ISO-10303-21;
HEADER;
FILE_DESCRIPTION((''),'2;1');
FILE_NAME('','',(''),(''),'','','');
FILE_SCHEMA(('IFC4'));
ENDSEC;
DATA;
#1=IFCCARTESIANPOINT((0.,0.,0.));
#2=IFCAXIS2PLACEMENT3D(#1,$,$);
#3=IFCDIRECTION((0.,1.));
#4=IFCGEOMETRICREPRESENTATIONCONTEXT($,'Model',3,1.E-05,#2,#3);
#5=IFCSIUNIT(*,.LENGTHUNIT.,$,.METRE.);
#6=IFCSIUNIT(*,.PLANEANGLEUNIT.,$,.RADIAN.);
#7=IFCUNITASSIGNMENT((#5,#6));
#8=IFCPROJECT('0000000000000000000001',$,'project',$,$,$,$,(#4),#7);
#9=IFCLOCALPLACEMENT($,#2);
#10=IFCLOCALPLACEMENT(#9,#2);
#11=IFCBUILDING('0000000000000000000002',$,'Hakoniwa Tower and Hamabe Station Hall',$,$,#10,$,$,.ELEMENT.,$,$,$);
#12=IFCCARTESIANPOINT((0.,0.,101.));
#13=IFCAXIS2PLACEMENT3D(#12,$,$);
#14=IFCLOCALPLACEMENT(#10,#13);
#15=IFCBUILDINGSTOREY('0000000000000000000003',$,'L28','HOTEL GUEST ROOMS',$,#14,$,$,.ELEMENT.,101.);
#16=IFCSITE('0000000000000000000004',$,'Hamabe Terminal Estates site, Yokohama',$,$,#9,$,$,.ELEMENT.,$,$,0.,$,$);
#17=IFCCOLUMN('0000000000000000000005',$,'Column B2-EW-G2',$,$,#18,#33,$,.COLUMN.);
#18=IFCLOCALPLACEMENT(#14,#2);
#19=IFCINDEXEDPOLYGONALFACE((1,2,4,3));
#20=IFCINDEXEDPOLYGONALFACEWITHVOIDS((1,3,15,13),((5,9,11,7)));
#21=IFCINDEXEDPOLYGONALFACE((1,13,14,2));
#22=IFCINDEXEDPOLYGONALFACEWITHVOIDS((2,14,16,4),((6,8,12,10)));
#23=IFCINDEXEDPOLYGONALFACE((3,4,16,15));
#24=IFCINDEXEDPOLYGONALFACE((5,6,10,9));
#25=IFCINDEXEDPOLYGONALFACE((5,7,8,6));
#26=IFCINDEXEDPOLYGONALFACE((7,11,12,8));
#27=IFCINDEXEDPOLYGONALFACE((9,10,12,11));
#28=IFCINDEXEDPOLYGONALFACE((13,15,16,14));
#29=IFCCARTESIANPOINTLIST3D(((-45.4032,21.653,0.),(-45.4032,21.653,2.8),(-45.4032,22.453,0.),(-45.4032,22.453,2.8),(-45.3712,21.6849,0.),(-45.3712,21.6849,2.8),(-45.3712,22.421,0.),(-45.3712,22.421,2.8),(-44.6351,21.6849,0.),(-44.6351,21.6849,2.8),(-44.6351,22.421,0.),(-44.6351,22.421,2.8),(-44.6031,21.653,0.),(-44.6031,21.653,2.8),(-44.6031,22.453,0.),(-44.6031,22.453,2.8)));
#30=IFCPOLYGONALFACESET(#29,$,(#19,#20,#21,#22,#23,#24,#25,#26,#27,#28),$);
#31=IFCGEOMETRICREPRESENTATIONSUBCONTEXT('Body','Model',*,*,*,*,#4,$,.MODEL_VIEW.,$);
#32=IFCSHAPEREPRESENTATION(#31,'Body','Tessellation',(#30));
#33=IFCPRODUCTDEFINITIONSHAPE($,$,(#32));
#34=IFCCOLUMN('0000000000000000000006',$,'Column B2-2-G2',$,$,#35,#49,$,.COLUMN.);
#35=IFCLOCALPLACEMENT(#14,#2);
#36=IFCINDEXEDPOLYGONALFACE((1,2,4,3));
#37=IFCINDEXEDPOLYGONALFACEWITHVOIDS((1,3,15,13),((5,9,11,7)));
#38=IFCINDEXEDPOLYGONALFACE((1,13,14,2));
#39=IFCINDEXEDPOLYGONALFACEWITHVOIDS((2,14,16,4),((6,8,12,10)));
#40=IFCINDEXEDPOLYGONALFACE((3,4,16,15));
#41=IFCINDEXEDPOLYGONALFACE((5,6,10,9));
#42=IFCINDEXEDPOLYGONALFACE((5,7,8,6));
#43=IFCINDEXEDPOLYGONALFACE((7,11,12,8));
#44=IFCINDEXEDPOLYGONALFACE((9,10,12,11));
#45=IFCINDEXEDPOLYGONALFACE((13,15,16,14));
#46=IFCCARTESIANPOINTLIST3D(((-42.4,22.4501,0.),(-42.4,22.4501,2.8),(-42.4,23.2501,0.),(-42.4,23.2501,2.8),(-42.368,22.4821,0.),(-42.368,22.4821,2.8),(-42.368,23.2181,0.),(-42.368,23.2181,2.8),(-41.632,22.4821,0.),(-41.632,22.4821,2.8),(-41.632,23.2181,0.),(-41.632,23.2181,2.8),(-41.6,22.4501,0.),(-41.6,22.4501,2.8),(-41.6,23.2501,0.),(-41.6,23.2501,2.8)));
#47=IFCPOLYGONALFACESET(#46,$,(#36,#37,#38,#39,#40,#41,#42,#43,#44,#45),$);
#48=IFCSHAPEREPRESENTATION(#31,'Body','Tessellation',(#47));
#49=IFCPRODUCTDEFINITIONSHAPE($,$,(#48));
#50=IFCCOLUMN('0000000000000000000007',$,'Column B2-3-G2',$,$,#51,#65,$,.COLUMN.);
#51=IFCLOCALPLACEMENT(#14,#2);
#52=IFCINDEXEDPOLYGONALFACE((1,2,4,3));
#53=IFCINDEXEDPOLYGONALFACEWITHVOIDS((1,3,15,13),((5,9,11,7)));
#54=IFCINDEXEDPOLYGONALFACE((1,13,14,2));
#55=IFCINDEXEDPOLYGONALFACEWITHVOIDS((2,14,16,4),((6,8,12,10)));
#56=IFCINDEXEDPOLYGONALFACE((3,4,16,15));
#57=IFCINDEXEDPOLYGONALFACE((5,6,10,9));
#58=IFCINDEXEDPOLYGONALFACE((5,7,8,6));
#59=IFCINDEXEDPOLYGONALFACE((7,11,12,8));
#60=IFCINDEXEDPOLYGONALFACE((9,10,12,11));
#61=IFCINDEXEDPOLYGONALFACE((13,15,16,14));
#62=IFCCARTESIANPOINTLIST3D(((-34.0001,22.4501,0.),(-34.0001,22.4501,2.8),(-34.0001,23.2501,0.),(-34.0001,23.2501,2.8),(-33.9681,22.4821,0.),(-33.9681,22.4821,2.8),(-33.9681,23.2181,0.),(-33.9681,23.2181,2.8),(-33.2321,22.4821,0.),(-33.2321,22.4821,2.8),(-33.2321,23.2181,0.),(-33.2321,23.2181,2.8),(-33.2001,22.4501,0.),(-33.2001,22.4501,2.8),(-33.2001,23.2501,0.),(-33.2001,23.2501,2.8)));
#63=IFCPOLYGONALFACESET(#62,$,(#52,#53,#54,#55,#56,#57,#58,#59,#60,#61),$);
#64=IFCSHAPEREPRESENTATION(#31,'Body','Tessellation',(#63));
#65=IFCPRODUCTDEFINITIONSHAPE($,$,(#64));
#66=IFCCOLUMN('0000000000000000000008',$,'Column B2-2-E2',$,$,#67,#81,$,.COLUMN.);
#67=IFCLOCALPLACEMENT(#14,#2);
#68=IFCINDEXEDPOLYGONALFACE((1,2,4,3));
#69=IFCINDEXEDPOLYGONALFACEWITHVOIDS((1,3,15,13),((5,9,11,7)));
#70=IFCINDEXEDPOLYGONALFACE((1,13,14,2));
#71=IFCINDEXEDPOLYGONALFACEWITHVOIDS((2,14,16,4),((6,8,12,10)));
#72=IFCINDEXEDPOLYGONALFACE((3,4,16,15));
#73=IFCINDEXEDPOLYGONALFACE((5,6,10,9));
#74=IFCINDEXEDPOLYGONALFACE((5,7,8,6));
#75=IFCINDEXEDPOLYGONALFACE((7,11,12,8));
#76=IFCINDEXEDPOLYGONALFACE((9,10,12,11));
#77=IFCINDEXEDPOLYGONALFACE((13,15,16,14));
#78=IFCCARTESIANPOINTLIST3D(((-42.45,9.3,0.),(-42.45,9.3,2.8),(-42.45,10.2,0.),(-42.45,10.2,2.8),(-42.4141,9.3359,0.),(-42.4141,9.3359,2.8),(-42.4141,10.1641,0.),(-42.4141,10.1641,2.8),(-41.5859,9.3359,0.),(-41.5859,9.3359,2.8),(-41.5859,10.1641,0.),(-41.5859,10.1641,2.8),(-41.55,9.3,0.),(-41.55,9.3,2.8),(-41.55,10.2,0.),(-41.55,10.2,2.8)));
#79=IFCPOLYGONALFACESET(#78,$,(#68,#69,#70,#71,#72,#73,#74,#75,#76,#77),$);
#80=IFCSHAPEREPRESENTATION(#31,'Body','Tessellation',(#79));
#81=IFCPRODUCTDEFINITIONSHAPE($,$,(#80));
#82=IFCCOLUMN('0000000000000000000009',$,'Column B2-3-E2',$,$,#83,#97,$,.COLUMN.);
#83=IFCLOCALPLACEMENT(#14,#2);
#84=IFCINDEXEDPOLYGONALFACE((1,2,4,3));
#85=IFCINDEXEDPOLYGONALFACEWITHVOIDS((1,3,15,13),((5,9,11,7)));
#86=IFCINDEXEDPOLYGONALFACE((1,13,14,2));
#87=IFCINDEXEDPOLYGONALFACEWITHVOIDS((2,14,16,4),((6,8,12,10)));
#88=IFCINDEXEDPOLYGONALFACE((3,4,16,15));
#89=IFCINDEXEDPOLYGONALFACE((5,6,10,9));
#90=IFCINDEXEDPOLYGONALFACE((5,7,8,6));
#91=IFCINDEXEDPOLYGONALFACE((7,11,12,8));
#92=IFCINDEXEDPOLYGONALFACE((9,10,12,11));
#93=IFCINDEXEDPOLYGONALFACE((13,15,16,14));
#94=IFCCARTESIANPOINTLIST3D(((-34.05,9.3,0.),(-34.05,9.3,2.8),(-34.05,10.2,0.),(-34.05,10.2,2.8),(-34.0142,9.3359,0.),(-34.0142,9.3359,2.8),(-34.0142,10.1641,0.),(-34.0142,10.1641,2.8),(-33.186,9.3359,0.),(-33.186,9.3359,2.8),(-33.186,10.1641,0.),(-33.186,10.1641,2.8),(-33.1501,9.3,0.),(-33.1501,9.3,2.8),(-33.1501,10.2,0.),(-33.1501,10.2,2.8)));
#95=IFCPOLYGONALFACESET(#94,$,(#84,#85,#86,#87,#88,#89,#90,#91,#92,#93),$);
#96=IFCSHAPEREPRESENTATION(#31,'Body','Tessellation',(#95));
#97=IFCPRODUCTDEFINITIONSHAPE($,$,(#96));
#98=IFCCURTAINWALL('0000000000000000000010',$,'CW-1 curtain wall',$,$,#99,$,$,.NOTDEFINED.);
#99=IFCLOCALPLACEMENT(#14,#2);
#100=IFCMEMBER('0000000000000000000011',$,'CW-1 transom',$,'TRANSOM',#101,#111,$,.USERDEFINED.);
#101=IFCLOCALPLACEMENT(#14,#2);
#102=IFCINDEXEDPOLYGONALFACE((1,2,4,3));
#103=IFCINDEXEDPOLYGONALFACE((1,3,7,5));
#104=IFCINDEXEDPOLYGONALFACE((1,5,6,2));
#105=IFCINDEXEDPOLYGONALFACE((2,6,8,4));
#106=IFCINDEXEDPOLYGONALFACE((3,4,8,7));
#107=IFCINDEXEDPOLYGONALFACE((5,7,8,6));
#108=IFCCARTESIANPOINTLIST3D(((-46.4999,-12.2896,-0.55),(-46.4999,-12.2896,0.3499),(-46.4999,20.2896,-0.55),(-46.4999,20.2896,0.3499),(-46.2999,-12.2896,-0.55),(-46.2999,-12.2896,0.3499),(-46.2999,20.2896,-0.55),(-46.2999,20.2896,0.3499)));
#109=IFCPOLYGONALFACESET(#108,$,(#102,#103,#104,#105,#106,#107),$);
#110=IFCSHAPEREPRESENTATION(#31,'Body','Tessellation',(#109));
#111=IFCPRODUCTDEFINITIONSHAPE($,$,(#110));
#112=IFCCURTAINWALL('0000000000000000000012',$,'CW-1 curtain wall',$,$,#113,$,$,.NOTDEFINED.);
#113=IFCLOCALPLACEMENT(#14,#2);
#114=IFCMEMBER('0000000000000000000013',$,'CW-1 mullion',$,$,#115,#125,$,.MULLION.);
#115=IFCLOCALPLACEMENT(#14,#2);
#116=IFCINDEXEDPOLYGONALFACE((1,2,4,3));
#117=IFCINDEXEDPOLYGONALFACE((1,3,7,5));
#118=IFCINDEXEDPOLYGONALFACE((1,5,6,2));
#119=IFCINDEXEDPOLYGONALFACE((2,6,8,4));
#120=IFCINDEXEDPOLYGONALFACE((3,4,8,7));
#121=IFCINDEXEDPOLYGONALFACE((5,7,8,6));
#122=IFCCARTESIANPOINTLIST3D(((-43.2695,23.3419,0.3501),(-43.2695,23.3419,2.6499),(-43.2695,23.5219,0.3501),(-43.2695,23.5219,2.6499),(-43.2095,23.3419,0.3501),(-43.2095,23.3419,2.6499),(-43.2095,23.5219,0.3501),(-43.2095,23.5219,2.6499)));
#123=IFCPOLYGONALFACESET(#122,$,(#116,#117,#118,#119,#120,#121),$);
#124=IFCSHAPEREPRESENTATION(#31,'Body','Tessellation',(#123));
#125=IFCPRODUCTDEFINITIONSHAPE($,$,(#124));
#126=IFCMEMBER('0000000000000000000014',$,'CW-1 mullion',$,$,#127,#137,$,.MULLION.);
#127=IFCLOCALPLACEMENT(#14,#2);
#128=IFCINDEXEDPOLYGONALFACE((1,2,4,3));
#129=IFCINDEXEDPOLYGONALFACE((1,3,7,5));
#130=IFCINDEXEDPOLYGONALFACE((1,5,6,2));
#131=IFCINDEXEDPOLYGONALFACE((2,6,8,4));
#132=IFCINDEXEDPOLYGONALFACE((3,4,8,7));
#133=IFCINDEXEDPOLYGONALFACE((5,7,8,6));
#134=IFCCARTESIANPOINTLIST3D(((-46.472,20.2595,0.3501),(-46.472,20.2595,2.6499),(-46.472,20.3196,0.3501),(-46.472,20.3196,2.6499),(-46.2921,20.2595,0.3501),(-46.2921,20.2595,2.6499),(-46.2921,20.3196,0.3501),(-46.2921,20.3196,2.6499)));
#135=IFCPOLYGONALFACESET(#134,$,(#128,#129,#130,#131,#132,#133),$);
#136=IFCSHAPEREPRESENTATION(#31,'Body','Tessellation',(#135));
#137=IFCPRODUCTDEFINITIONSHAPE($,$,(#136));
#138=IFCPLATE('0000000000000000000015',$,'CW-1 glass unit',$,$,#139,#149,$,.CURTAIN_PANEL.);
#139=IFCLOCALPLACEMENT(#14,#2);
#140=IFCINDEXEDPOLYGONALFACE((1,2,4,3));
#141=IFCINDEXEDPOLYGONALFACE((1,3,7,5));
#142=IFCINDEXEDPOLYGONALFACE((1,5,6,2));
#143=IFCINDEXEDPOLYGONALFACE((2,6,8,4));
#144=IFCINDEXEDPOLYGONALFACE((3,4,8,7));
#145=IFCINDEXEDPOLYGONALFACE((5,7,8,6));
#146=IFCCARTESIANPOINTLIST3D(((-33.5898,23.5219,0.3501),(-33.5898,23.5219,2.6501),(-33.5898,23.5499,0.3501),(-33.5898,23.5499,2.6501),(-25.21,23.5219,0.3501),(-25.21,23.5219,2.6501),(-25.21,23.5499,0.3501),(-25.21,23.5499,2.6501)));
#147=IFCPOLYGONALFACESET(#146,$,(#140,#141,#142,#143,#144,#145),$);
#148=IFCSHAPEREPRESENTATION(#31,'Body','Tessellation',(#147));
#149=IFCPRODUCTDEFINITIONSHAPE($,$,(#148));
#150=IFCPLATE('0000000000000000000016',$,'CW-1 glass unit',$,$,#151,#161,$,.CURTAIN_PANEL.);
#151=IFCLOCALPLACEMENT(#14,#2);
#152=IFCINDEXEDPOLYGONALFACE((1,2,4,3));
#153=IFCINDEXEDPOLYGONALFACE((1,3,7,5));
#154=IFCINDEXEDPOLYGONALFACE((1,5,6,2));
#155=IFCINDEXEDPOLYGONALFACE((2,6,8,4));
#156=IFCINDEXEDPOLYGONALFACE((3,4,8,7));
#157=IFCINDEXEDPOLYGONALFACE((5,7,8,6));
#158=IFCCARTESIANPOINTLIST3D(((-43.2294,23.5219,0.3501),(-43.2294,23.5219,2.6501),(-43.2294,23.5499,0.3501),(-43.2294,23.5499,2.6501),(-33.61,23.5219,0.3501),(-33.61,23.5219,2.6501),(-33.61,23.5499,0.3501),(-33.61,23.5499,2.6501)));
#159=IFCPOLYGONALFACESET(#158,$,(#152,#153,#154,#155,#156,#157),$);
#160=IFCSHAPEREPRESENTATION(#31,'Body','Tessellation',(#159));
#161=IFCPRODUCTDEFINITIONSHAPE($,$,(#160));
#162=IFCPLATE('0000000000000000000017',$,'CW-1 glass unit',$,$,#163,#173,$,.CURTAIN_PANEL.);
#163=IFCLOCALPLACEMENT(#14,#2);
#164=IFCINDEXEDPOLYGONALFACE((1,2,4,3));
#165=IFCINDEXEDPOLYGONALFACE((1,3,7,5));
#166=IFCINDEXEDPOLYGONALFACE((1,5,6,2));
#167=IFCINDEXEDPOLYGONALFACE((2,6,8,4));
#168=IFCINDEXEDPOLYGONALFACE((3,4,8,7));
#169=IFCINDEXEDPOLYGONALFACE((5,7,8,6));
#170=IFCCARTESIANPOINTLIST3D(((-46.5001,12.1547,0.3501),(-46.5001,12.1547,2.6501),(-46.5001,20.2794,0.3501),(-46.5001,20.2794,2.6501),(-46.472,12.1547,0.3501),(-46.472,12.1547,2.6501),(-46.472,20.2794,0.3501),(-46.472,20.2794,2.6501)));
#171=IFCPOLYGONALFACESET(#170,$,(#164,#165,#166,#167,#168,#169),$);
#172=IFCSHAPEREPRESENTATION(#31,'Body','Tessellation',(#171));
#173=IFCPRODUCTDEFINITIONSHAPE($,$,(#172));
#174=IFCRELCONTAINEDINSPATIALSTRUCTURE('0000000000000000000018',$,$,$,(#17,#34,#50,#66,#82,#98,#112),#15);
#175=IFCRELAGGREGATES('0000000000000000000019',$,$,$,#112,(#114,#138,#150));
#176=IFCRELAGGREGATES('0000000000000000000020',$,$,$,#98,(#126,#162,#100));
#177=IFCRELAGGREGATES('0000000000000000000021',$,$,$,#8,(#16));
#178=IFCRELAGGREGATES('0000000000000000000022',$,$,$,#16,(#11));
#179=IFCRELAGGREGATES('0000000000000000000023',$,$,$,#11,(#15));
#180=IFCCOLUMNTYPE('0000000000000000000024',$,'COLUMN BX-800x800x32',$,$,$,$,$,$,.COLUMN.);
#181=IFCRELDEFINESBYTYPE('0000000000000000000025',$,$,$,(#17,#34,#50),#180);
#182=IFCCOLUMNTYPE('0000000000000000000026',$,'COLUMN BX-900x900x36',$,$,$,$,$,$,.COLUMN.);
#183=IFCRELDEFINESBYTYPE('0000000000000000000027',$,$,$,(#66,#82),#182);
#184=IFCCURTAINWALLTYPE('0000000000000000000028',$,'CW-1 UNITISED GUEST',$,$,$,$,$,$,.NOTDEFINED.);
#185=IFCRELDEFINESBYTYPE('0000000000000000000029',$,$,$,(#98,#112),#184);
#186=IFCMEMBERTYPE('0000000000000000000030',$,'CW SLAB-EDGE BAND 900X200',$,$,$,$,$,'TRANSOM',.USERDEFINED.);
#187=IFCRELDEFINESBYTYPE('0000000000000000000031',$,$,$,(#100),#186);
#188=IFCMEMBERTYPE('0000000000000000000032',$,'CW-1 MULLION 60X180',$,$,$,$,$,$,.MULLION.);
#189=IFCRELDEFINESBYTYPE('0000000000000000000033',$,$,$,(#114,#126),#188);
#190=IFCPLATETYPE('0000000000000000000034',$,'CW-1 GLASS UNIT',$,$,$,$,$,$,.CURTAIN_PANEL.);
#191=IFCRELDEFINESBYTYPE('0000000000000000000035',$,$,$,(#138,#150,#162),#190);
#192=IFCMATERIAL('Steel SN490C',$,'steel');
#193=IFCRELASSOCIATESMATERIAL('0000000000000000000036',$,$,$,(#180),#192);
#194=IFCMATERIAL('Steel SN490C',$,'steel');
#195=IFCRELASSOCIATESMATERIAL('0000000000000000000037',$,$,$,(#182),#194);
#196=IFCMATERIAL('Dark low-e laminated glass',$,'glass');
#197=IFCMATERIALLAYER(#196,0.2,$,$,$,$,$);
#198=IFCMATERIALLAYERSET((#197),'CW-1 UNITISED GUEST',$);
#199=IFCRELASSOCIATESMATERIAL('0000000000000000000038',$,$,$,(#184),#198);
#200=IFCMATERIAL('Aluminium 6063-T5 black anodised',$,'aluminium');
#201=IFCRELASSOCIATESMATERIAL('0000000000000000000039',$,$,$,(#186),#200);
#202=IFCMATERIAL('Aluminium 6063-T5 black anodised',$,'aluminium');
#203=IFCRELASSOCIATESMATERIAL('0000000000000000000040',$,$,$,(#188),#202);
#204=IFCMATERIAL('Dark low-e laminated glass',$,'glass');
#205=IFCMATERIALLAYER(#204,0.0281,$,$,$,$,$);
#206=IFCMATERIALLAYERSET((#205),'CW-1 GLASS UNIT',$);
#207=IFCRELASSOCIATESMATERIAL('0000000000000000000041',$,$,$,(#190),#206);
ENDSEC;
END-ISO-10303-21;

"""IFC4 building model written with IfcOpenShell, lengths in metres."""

from ifc_helpers import new_model, si_unit, direction, frame, origin, origin_2d, place, context, subcontext, project, spatial, rectangle, hollow_rectangle, extrude, material, layer, layer_set, material_profile, profile_set, type_object, element, aggregate, save


model = new_model("IFC4")

# Units and contexts
model_context = context("Model", 3, precision=1e-05, world=origin(), true_north=direction((0.0, 1.0)))
body_context = subcontext(model_context, "Body", "Model", "MODEL_VIEW")
ifc_project = project(units=[si_unit("LENGTHUNIT", "METRE"), si_unit("PLANEANGLEUNIT", "RADIAN")], contexts=[model_context])

# Site, building, storey
site_placement = place(None, origin())
site = spatial("IfcSite", under=ifc_project, at=site_placement, Name="Hamabe Terminal Estates site, Yokohama", CompositionType="ELEMENT", RefElevation=0.0)
building_placement = place(site_placement, origin())
building = spatial("IfcBuilding", under=site, at=building_placement, Name="Hakoniwa Tower and Hamabe Station Hall", CompositionType="ELEMENT")
storey_placement = place(building_placement, frame((0.0, 0.0, 101.0)))
storey = spatial("IfcBuildingStorey", under=building, at=storey_placement, Name="L28", Description="HOTEL GUEST ROOMS", CompositionType="ELEMENT", Elevation=101.0)

# Columns
ifc_material_1 = material(Name="Steel SN490C", Category="steel")
ifc_material_profile_1 = material_profile(ifc_material_1, hollow_rectangle(XDim=0.8, YDim=0.8, WallThickness=0.032, at=origin_2d()), Name="BX-800x800x32")
ifc_profile_set_1 = profile_set([ifc_material_profile_1], Name="Steel SN490C")
column_type_1 = type_object("IfcColumnType", Name="COLUMN BX-800x800x32", PredefinedType="COLUMN", material=ifc_profile_set_1)
for number, where, z_axis, x_axis, name in (
    (1, (-45.0032, 22.053, 0.0), (0.0, 0.0, 1.0), (1.0, 0.0, 0.0), "Column B2-EW-G2"),
    (2, (-42.0, 22.8501, 0.0), (0.0, 0.0, 1.0), (1.0, 0.0, 0.0), "Column B2-2-G2"),
    (3, (-33.6001, 22.8501, 0.0), (0.0, 0.0, 1.0), (1.0, 0.0, 0.0), "Column B2-3-G2"),
):
    element("IfcColumn", number, at=place(storey_placement, frame(where, z_axis=z_axis, x_axis=x_axis)), inside=storey, type_object=column_type_1, Name=name, PredefinedType="COLUMN", context=body_context, shape_type="SweptSolid", body=[
        extrude(hollow_rectangle(XDim=0.8, YDim=0.8, WallThickness=0.032, at=origin_2d()), origin(), (0.0, 0.0, 1.0), 2.8),
    ])
ifc_material_2 = material(Name="Steel SN490C", Category="steel")
ifc_material_profile_2 = material_profile(ifc_material_2, hollow_rectangle(XDim=0.8999, YDim=0.8999, WallThickness=0.0359, at=origin_2d()), Name="BX-900x900x36")
ifc_profile_set_2 = profile_set([ifc_material_profile_2], Name="Steel SN490C")
column_type_2 = type_object("IfcColumnType", Name="COLUMN BX-900x900x36", PredefinedType="COLUMN", material=ifc_profile_set_2)
for number, where, z_axis, x_axis, name in (
    (4, (-42.0, 9.75, 0.0), (0.0, 0.0, 1.0), (1.0, 0.0, 0.0), "Column B2-2-E2"),
    (5, (-33.6001, 9.75, 0.0), (0.0, 0.0, 1.0), (1.0, 0.0, 0.0), "Column B2-3-E2"),
):
    element("IfcColumn", number, at=place(storey_placement, frame(where, z_axis=z_axis, x_axis=x_axis)), inside=storey, type_object=column_type_2, Name=name, PredefinedType="COLUMN", context=body_context, shape_type="SweptSolid", body=[
        extrude(hollow_rectangle(XDim=0.8999, YDim=0.8999, WallThickness=0.0359, at=origin_2d()), origin(), (0.0, 0.0, 1.0), 2.8),
    ])

# Curtain walls, members
ifc_material_3 = material(Name="Dark low-e laminated glass", Category="glass")
ifc_layer_1 = layer(ifc_material_3, 0.2)
ifc_layer_set_1 = layer_set([ifc_layer_1], Name="CW-1 UNITISED GUEST")
curtain_wall_type = type_object("IfcCurtainWallType", Name="CW-1 UNITISED GUEST", PredefinedType="NOTDEFINED", material=ifc_layer_set_1)
curtain_wall_1_placement = place(storey_placement, origin())
curtain_wall_1 = element("IfcCurtainWall", 6, at=curtain_wall_1_placement, inside=storey, type_object=curtain_wall_type, Name="CW-1 curtain wall", PredefinedType="NOTDEFINED")
ifc_material_4 = material(Name="Aluminium 6063-T5 black anodised", Category="aluminium")
ifc_material_profile_3 = material_profile(ifc_material_4, rectangle(XDim=0.2, YDim=0.8999, at=origin_2d()), Name="CW SLAB-EDGE BAND 900X200")
ifc_profile_set_3 = profile_set([ifc_material_profile_3], Name="Aluminium 6063-T5 black anodised")
member_type_1 = type_object("IfcMemberType", Name="CW SLAB-EDGE BAND 900X200", ElementType="TRANSOM", PredefinedType="USERDEFINED", material=ifc_profile_set_3)
member_1_placement = place(storey_placement, frame((-46.3999, 20.2896, -0.1001), z_axis=(0.0, -1.0, 0.0), x_axis=(1.0, 0.0, 0.0)))
member_1 = element("IfcMember", 7, at=member_1_placement, type_object=member_type_1, Name="CW-1 transom", ObjectType="TRANSOM", PredefinedType="USERDEFINED", context=body_context, shape_type="SweptSolid", body=[
    extrude(rectangle(XDim=0.2, YDim=0.8999, at=origin_2d()), origin(), (0.0, 0.0, 1.0), 32.5791),
])
curtain_wall_2_placement = place(storey_placement, origin())
curtain_wall_2 = element("IfcCurtainWall", 8, at=curtain_wall_2_placement, inside=storey, type_object=curtain_wall_type, Name="CW-1 curtain wall", PredefinedType="NOTDEFINED")
ifc_material_5 = material(Name="Aluminium 6063-T5 black anodised", Category="aluminium")
ifc_material_profile_4 = material_profile(ifc_material_5, rectangle(XDim=0.0601, YDim=0.1799, at=origin_2d()), Name="CW-1 MULLION 60X180")
ifc_profile_set_4 = profile_set([ifc_material_profile_4], Name="Aluminium 6063-T5 black anodised")
member_type_2 = type_object("IfcMemberType", Name="CW-1 MULLION 60X180", PredefinedType="MULLION", material=ifc_profile_set_4)
member_2_placement = place(storey_placement, frame((-43.2395, 23.4319, 0.3501), z_axis=(0.0, 0.0, 1.0), x_axis=(-1.0, 0.0, 0.0)))
member_2 = element("IfcMember", 9, at=member_2_placement, type_object=member_type_2, Name="CW-1 mullion", PredefinedType="MULLION", context=body_context, shape_type="SweptSolid", body=[
    extrude(rectangle(XDim=0.0601, YDim=0.1799, at=origin_2d()), origin(), (0.0, 0.0, 1.0), 2.2998),
])

# Member
member_3_placement = place(storey_placement, frame((-46.3821, 20.2896, 0.3501), z_axis=(0.0, 0.0, 1.0), x_axis=(0.0, -1.0, 0.0)))
member_3 = element("IfcMember", 10, at=member_3_placement, type_object=member_type_2, Name="CW-1 mullion", PredefinedType="MULLION", context=body_context, shape_type="SweptSolid", body=[
    extrude(rectangle(XDim=0.0601, YDim=0.1799, at=origin_2d()), origin(), (0.0, 0.0, 1.0), 2.2998),
])

# Plates
ifc_material_6 = material(Name="Dark low-e laminated glass", Category="glass")
ifc_layer_2 = layer(ifc_material_6, 0.0281)
ifc_layer_set_2 = layer_set([ifc_layer_2], Name="CW-1 GLASS UNIT")
plate_type = type_object("IfcPlateType", Name="CW-1 GLASS UNIT", PredefinedType="CURTAIN_PANEL", material=ifc_layer_set_2)
plate_1_placement = place(storey_placement, frame((-29.3999, 23.5359, 0.3501), z_axis=(0.0, 0.0, 1.0), x_axis=(-1.0, 0.0, 0.0)))
plate_1 = element("IfcPlate", 11, at=plate_1_placement, type_object=plate_type, Name="CW-1 glass unit", PredefinedType="CURTAIN_PANEL", context=body_context, shape_type="SweptSolid", body=[
    extrude(rectangle(XDim=8.3799, YDim=0.0281, at=origin_2d()), origin(), (0.0, 0.0, 1.0), 2.3),
])
plate_2_placement = place(storey_placement, frame((-38.4197, 23.5359, 0.3501), z_axis=(0.0, 0.0, 1.0), x_axis=(-1.0, 0.0, 0.0)))
plate_2 = element("IfcPlate", 12, at=plate_2_placement, type_object=plate_type, Name="CW-1 glass unit", PredefinedType="CURTAIN_PANEL", context=body_context, shape_type="SweptSolid", body=[
    extrude(rectangle(XDim=9.6194, YDim=0.0281, at=origin_2d()), origin(), (0.0, 0.0, 1.0), 2.3),
])
aggregate(curtain_wall_2, [member_2, plate_1, plate_2])
plate_3_placement = place(storey_placement, frame((-46.4861, 16.217, 0.3501), z_axis=(0.0, 0.0, 1.0), x_axis=(0.0, -1.0, 0.0)))
plate_3 = element("IfcPlate", 13, at=plate_3_placement, type_object=plate_type, Name="CW-1 glass unit", PredefinedType="CURTAIN_PANEL", context=body_context, shape_type="SweptSolid", body=[
    extrude(rectangle(XDim=8.1248, YDim=0.0281, at=origin_2d()), origin(), (0.0, 0.0, 1.0), 2.3),
])
aggregate(curtain_wall_1, [member_3, plate_3, member_1])

save(model, "model.ifc")
